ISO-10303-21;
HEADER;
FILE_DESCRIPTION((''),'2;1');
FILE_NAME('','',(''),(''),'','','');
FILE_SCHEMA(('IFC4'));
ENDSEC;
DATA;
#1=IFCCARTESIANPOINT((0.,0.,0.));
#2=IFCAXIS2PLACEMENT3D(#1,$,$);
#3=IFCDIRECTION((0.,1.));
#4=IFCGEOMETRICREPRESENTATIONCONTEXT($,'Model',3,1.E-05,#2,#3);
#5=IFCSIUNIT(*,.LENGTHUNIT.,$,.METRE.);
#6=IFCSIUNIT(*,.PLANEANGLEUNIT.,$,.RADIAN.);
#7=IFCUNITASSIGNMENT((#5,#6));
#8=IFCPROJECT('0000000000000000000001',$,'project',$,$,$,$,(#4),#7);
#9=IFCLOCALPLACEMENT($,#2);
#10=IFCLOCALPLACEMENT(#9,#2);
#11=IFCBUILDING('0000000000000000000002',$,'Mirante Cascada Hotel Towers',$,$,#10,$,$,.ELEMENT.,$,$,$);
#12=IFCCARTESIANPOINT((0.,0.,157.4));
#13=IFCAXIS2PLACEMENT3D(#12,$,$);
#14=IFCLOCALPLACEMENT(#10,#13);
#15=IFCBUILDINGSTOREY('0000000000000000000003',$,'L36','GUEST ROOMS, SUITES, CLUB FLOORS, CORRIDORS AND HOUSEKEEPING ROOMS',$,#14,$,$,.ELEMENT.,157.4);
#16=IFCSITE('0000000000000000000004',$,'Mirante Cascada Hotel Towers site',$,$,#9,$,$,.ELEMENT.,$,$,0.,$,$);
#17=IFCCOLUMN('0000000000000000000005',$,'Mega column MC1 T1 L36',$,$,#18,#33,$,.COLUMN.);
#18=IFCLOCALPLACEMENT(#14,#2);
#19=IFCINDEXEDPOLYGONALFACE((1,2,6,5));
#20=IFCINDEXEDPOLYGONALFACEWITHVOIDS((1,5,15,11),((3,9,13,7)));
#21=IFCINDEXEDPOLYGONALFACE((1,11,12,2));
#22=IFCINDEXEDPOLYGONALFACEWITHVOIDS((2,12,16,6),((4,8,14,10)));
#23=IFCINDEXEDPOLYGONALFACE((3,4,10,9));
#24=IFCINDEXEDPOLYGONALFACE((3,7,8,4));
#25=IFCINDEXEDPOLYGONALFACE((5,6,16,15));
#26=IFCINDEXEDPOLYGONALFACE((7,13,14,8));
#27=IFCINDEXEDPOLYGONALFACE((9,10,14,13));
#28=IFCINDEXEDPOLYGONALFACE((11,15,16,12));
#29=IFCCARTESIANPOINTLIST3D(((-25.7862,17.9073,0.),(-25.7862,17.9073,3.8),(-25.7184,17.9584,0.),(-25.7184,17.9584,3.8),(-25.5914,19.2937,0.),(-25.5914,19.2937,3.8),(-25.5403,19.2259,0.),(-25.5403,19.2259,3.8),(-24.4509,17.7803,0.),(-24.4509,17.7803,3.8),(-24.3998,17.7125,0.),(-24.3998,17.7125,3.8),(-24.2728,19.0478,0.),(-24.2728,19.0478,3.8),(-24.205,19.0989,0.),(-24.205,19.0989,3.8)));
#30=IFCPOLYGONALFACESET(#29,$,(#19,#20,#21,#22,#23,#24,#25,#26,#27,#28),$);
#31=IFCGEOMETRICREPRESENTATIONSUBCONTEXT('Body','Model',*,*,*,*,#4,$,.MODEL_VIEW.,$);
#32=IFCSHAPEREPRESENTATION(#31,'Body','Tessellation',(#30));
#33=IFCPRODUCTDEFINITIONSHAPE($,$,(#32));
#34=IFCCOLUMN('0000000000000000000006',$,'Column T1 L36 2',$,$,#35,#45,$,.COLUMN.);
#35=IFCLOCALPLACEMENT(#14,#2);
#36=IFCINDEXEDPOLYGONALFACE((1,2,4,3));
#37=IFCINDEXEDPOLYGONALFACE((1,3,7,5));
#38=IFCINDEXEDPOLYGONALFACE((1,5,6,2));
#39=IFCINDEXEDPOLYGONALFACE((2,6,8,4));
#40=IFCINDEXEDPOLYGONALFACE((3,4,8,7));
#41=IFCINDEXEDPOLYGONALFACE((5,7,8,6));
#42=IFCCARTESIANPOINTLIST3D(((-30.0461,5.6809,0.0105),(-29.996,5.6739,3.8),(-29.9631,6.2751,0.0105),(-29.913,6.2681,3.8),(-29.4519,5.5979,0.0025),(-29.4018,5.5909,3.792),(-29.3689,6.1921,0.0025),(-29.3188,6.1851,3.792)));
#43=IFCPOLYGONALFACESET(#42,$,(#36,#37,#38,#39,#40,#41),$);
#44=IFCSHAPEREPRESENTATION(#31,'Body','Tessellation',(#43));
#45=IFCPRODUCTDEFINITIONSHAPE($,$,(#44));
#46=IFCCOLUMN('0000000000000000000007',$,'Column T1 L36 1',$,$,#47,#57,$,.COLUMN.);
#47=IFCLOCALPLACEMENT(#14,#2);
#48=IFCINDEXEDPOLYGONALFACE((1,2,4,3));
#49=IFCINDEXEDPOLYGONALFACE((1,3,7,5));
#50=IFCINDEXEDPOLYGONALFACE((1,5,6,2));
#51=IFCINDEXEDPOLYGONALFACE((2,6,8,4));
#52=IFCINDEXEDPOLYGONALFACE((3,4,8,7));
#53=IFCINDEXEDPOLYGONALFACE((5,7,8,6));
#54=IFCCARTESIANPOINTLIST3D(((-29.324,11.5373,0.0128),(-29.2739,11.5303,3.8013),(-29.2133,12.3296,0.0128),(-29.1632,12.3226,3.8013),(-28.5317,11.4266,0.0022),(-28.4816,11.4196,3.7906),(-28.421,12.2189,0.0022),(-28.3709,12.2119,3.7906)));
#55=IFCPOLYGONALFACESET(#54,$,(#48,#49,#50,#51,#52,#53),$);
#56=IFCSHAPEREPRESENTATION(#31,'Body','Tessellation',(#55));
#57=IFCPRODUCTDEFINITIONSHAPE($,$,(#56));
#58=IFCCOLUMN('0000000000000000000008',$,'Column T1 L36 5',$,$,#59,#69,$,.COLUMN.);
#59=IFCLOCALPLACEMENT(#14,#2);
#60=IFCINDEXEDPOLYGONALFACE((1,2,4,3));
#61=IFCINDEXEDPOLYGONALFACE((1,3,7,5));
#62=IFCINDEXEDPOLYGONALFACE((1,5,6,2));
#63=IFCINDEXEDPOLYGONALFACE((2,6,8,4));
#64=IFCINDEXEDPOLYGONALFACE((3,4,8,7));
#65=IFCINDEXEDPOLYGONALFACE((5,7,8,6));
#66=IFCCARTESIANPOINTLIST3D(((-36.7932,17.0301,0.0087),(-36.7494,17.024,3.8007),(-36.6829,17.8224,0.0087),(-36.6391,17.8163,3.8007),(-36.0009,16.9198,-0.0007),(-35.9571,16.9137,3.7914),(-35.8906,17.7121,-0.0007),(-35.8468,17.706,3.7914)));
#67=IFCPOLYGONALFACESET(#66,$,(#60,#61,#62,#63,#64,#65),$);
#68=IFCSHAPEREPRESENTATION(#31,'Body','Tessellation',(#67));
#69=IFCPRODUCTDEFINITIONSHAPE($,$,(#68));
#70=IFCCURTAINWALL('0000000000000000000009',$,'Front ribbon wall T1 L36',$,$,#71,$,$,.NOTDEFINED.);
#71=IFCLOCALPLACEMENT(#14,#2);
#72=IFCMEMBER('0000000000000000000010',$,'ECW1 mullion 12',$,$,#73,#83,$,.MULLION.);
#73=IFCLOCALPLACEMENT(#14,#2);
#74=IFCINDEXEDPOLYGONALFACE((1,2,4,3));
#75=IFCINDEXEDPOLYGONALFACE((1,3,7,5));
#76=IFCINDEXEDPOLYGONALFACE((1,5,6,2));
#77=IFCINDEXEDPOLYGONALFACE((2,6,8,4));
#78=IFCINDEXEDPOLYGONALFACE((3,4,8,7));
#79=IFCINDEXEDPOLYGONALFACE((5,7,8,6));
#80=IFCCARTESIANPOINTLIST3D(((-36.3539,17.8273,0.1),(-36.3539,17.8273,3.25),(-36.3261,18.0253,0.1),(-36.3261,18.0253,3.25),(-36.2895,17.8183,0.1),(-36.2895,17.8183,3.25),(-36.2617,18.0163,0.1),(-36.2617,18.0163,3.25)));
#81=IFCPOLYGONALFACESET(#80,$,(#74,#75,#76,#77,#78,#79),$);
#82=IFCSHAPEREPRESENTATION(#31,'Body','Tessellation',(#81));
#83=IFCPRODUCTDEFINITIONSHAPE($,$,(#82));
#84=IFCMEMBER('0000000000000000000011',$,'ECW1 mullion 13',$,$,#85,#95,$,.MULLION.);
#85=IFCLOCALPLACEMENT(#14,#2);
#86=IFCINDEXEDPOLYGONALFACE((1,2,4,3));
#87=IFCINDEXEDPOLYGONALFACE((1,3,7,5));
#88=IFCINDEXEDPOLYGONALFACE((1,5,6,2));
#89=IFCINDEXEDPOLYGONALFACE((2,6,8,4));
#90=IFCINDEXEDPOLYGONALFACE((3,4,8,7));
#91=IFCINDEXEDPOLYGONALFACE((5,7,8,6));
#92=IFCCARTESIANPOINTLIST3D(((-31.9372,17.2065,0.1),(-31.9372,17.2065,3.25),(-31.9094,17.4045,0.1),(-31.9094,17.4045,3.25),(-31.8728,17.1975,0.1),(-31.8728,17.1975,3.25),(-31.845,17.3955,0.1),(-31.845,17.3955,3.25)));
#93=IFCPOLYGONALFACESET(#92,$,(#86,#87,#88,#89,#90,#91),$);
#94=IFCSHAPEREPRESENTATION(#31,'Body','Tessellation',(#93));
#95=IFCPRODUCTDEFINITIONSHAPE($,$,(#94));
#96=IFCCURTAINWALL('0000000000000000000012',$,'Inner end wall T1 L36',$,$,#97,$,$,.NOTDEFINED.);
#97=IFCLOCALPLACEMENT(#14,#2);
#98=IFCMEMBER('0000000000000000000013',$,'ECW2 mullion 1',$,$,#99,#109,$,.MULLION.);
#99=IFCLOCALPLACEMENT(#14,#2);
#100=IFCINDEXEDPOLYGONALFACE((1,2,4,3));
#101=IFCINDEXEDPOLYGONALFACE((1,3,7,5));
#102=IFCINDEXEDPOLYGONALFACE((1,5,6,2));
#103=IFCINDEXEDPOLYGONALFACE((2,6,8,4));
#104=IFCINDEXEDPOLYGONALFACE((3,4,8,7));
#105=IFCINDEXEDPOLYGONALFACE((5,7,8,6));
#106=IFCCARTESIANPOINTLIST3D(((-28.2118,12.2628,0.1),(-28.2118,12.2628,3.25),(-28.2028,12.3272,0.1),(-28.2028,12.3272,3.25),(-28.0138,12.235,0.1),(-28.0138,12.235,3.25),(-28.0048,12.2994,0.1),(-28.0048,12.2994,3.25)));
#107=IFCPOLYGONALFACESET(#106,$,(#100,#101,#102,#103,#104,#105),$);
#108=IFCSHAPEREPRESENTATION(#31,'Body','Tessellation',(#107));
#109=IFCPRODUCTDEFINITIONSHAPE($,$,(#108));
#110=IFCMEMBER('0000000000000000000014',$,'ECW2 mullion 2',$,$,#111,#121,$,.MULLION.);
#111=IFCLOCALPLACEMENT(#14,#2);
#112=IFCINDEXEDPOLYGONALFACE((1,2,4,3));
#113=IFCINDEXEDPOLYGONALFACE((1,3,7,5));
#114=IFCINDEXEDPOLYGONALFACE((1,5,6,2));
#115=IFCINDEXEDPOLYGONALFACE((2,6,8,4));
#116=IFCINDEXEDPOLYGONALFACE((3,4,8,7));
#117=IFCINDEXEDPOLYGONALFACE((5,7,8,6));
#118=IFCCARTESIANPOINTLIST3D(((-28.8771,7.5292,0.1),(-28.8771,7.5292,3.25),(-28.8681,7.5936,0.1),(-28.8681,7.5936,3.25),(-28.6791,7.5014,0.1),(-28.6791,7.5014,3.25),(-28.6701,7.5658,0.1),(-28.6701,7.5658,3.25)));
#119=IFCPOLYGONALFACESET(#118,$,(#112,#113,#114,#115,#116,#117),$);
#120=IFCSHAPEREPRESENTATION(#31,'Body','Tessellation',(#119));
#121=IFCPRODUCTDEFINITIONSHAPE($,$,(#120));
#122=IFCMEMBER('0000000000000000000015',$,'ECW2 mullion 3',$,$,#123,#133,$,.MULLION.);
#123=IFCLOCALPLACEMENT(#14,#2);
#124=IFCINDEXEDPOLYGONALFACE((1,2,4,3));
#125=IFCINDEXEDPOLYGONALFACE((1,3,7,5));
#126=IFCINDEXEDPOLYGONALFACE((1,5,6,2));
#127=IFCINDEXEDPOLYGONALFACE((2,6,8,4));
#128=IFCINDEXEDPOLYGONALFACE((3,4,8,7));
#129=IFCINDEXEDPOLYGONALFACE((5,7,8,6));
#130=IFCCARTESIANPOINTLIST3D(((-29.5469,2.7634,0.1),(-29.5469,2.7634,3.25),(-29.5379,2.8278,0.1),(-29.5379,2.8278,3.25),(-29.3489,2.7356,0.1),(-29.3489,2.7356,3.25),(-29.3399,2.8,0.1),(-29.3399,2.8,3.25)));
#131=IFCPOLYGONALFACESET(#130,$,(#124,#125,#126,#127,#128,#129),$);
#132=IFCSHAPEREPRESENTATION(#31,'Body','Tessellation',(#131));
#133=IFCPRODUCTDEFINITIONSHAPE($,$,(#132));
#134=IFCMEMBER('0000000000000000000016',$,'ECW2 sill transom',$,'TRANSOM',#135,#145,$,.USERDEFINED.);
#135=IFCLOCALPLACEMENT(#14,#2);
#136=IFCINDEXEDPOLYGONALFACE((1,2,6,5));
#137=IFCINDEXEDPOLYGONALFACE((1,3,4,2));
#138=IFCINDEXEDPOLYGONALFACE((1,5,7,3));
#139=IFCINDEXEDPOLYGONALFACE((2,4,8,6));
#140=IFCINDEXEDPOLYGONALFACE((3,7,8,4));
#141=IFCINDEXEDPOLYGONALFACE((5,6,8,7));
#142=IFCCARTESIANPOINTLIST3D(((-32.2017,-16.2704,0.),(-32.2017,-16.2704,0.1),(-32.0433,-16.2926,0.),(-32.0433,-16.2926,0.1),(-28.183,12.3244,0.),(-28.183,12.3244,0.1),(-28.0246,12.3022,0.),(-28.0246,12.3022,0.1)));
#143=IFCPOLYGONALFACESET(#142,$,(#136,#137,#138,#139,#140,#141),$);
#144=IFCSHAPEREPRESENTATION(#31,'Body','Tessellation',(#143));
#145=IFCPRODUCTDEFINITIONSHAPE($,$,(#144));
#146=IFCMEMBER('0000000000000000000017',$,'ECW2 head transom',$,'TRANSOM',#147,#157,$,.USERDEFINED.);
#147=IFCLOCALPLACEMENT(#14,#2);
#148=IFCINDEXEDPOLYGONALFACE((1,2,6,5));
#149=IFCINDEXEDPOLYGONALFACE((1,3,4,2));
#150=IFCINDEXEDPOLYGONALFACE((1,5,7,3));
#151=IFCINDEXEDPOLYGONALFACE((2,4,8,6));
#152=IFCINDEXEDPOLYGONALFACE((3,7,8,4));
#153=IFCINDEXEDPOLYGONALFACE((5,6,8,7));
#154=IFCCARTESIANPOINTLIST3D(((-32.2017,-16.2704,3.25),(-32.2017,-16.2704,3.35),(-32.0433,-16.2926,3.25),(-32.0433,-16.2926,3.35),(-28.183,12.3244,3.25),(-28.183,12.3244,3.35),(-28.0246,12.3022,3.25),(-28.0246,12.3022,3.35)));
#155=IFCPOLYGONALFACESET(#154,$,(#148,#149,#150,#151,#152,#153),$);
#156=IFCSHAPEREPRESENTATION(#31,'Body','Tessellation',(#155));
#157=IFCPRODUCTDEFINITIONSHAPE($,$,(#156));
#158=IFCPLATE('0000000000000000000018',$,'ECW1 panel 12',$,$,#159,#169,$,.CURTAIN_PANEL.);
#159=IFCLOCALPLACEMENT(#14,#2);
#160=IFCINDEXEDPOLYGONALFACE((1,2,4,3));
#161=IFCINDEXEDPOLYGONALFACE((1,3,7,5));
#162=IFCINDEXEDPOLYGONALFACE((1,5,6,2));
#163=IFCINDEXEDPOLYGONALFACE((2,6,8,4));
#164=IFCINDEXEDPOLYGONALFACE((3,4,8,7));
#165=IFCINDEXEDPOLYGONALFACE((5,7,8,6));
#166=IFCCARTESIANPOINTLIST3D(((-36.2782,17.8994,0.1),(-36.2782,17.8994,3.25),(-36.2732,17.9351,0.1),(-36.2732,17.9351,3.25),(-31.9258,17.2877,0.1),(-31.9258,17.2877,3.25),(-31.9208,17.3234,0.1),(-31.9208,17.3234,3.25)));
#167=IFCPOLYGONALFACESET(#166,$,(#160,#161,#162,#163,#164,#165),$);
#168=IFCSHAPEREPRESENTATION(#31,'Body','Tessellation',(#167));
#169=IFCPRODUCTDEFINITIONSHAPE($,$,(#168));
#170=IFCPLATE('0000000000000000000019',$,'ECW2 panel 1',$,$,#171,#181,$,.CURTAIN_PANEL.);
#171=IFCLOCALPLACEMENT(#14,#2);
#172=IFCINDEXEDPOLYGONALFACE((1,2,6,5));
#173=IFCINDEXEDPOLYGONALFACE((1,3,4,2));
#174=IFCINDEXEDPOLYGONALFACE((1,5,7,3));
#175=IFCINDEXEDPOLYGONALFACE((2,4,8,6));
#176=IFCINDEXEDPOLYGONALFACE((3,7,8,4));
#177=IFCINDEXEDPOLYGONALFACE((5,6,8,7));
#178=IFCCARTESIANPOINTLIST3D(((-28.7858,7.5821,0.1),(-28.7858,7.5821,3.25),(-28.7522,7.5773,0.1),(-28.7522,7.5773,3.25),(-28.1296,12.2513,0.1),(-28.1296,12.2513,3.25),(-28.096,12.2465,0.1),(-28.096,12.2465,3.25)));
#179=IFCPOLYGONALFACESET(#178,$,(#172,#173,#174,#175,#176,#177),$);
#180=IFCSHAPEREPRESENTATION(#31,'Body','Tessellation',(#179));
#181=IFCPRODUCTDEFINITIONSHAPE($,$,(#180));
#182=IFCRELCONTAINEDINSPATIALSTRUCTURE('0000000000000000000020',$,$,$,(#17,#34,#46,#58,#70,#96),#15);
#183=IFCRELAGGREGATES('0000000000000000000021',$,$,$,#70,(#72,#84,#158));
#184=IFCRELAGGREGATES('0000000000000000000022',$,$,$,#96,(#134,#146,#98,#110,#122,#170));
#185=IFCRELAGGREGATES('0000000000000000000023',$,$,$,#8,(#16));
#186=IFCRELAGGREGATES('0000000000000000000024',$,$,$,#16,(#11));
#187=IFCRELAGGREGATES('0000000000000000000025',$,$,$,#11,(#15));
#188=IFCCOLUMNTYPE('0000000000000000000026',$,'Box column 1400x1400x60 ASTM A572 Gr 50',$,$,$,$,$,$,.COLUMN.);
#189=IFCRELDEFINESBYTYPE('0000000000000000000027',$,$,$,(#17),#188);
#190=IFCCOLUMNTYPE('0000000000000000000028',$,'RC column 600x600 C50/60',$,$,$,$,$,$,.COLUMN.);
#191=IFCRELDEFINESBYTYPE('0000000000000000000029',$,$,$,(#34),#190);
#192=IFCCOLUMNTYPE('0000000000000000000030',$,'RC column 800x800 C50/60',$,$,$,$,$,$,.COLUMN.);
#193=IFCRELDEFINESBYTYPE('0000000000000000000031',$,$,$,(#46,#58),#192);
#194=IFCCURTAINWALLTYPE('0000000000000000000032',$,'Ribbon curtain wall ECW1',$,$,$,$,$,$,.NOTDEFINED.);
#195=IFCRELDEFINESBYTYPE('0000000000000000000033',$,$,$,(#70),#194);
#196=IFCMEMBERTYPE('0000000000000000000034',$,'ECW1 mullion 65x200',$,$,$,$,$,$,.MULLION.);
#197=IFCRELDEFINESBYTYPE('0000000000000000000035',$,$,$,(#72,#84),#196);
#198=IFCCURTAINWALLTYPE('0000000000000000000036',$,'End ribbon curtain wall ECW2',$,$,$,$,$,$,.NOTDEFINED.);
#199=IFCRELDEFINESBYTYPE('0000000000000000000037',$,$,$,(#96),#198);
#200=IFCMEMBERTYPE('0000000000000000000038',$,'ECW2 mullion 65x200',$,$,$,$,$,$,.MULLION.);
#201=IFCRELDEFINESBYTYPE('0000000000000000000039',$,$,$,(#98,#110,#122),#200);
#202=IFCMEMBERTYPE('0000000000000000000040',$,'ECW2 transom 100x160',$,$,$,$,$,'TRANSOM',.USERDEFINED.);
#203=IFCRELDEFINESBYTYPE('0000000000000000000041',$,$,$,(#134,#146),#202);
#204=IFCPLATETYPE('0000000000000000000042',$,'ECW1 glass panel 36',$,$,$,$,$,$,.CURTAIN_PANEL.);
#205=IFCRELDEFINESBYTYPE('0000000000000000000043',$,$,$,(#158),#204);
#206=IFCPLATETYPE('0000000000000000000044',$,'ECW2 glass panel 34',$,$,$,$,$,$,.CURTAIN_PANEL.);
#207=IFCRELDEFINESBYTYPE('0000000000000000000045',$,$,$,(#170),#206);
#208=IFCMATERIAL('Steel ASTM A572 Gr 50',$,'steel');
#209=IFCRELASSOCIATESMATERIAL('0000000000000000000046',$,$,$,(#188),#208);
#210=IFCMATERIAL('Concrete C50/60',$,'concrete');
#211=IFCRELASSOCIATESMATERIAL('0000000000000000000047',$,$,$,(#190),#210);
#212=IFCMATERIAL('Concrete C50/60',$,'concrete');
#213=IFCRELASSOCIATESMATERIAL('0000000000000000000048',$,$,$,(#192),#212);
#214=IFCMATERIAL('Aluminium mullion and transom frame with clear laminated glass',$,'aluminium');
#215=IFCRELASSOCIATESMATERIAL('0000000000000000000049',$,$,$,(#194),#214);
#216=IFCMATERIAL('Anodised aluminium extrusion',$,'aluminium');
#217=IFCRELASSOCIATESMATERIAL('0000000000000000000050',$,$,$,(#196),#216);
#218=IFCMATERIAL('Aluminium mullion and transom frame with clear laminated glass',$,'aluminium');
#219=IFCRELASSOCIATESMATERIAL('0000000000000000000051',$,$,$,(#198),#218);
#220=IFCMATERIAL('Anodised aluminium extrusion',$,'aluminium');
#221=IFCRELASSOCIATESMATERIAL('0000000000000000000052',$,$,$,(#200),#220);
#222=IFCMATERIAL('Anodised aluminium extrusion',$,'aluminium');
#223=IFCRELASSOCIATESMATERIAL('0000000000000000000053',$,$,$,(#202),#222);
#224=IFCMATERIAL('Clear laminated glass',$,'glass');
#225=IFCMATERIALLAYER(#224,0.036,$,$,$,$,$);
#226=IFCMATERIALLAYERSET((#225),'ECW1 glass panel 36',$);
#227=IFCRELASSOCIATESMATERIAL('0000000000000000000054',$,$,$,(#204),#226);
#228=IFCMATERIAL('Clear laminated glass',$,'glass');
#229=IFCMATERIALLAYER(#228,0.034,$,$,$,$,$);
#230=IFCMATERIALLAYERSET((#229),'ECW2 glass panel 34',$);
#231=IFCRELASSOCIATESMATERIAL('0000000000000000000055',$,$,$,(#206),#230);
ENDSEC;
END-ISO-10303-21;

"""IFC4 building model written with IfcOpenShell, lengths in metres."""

from ifc_helpers import new_model, si_unit, direction, frame, origin, origin_2d, place, context, subcontext, project, spatial, rectangle, hollow_rectangle, extrude, material, layer, layer_set, material_profile, profile_set, type_object, element, aggregate, save


model = new_model("IFC4")

# Units and contexts
model_context = context("Model", 3, precision=1e-05, world=origin(), true_north=direction((0.0, 1.0)))
body_context = subcontext(model_context, "Body", "Model", "MODEL_VIEW")
ifc_project = project(units=[si_unit("LENGTHUNIT", "METRE"), si_unit("PLANEANGLEUNIT", "RADIAN")], contexts=[model_context])

# Site, building, storey
site_placement = place(None, origin())
site = spatial("IfcSite", under=ifc_project, at=site_placement, Name="Mirante Cascada Hotel Towers site", CompositionType="ELEMENT", RefElevation=0.0)
building_placement = place(site_placement, origin())
building = spatial("IfcBuilding", under=site, at=building_placement, Name="Mirante Cascada Hotel Towers", CompositionType="ELEMENT")
storey_placement = place(building_placement, frame((0.0, 0.0, 157.4)))
storey = spatial("IfcBuildingStorey", under=building, at=storey_placement, Name="L36", Description="GUEST ROOMS, SUITES, CLUB FLOORS, CORRIDORS AND HOUSEKEEPING ROOMS", CompositionType="ELEMENT", Elevation=157.4)

# Columns
ifc_material_1 = material(Name="Steel ASTM A572 Gr 50", Category="steel")
ifc_material_profile_1 = material_profile(ifc_material_1, hollow_rectangle(XDim=1.4, YDim=1.4, WallThickness=0.06, at=origin_2d()), Name="Box column 1400x1400x60 ASTM A572 Gr 50")
ifc_profile_set_1 = profile_set([ifc_material_profile_1], Name="Steel ASTM A572 Gr 50")
column_type_1 = type_object("IfcColumnType", Name="Box column 1400x1400x60 ASTM A572 Gr 50", PredefinedType="COLUMN", material=ifc_profile_set_1)
column_1_placement = place(storey_placement, frame((-24.9956, 18.5031, 0.0), z_axis=(0.0, 0.0, 1.0), x_axis=(-0.990268, 0.139173, 0.0)))
element("IfcColumn", 1, at=column_1_placement, inside=storey, type_object=column_type_1, Name="Mega column MC1 T1 L36", PredefinedType="COLUMN", context=body_context, shape_type="SweptSolid", body=[
    extrude(hollow_rectangle(XDim=1.4, YDim=1.4, WallThickness=0.06, at=origin_2d()), origin(), (0.0, 0.0, 1.0), 3.8),
])
ifc_material_2 = material(Name="Concrete C50/60", Category="concrete")
ifc_material_profile_2 = material_profile(ifc_material_2, rectangle(XDim=0.6, YDim=0.6, at=origin_2d()), Name="RC column 600x600 C50/60")
ifc_profile_set_2 = profile_set([ifc_material_profile_2], Name="Concrete C50/60")
column_type_2 = type_object("IfcColumnType", Name="RC column 600x600 C50/60", PredefinedType="COLUMN", material=ifc_profile_set_2)
column_2_placement = place(storey_placement, frame((-29.7075, 5.9365, 0.0065), z_axis=(0.01322, -0.001847, 0.999911), x_axis=(0.138376, 0.99038, 0.0)))
element("IfcColumn", 2, at=column_2_placement, inside=storey, type_object=column_type_2, Name="Column T1 L36 2", PredefinedType="COLUMN", context=body_context, shape_type="SweptSolid", body=[
    extrude(rectangle(XDim=0.6, YDim=0.6, at=origin_2d()), origin(), (0.0, 0.0, 1.0), 3.7898),
])
ifc_material_3 = material(Name="Concrete C50/60", Category="concrete")
ifc_material_profile_3 = material_profile(ifc_material_3, rectangle(XDim=0.8, YDim=0.8, at=origin_2d()), Name="RC column 800x800 C50/60")
ifc_profile_set_3 = profile_set([ifc_material_profile_3], Name="Concrete C50/60")
column_type_3 = type_object("IfcColumnType", Name="RC column 800x800 C50/60", PredefinedType="COLUMN", material=ifc_profile_set_3)
column_3_placement = place(storey_placement, frame((-28.8725, 11.8781, 0.0075), z_axis=(0.013223, -0.001847, 0.999911), x_axis=(0.138376, 0.99038, 0.0)))
element("IfcColumn", 3, at=column_3_placement, inside=storey, type_object=column_type_3, Name="Column T1 L36 1", PredefinedType="COLUMN", context=body_context, shape_type="SweptSolid", body=[
    extrude(rectangle(XDim=0.8, YDim=0.8, at=origin_2d()), origin(), (0.0, 0.0, 1.0), 3.7888),
])
column_4_placement = place(storey_placement, frame((-36.3419, 17.3711, 0.004), z_axis=(0.01155, -0.001608, 0.999932), x_axis=(0.137938, 0.990441, 0.0)))
element("IfcColumn", 4, at=column_4_placement, inside=storey, type_object=column_type_3, Name="Column T1 L36 5", PredefinedType="COLUMN", context=body_context, shape_type="SweptSolid", body=[
    extrude(rectangle(XDim=0.8, YDim=0.8, at=origin_2d()), origin(), (0.0, 0.0, 1.0), 3.7923),
])

# Curtain walls, members
ifc_material_4 = material(Name="Aluminium mullion and transom frame with clear laminated glass", Category="aluminium")
curtain_wall_type_1 = type_object("IfcCurtainWallType", Name="Ribbon curtain wall ECW1", PredefinedType="NOTDEFINED", material=ifc_material_4)
curtain_wall_1_placement = place(storey_placement, origin())
curtain_wall_1 = element("IfcCurtainWall", 5, at=curtain_wall_1_placement, inside=storey, type_object=curtain_wall_type_1, Name="Front ribbon wall T1 L36", PredefinedType="NOTDEFINED")
ifc_material_5 = material(Name="Anodised aluminium extrusion", Category="aluminium")
ifc_material_profile_4 = material_profile(ifc_material_5, rectangle(XDim=0.2, YDim=0.065, at=origin_2d()), Name="ECW1 MULLION 65x200")
ifc_profile_set_4 = profile_set([ifc_material_profile_4], Name="Anodised aluminium extrusion")
member_type_1 = type_object("IfcMemberType", Name="ECW1 mullion 65x200", PredefinedType="MULLION", material=ifc_profile_set_4)
member_1_placement = place(storey_placement, frame((-36.3078, 17.9218, 0.1), z_axis=(0.0, 0.0, 1.0), x_axis=(0.139173, 0.990268, 0.0)))
member_1 = element("IfcMember", 6, at=member_1_placement, type_object=member_type_1, Name="ECW1 mullion 12", PredefinedType="MULLION", context=body_context, shape_type="SweptSolid", body=[
    extrude(rectangle(XDim=0.2, YDim=0.065, at=origin_2d()), origin(), (0.0, 0.0, 1.0), 3.15),
])
member_2_placement = place(storey_placement, frame((-31.8911, 17.301, 0.1), z_axis=(0.0, 0.0, 1.0), x_axis=(0.139173, 0.990268, 0.0)))
member_2 = element("IfcMember", 7, at=member_2_placement, type_object=member_type_1, Name="ECW1 mullion 13", PredefinedType="MULLION", context=body_context, shape_type="SweptSolid", body=[
    extrude(rectangle(XDim=0.2, YDim=0.065, at=origin_2d()), origin(), (0.0, 0.0, 1.0), 3.15),
])
ifc_material_6 = material(Name="Aluminium mullion and transom frame with clear laminated glass", Category="aluminium")
curtain_wall_type_2 = type_object("IfcCurtainWallType", Name="End ribbon curtain wall ECW2", PredefinedType="NOTDEFINED", material=ifc_material_6)
curtain_wall_2_placement = place(storey_placement, origin())
curtain_wall_2 = element("IfcCurtainWall", 8, at=curtain_wall_2_placement, inside=storey, type_object=curtain_wall_type_2, Name="Inner end wall T1 L36", PredefinedType="NOTDEFINED")
ifc_material_7 = material(Name="Anodised aluminium extrusion", Category="aluminium")
ifc_material_profile_5 = material_profile(ifc_material_7, rectangle(XDim=0.2, YDim=0.065, at=origin_2d()), Name="ECW2 MULLION 65x200")
ifc_profile_set_5 = profile_set([ifc_material_profile_5], Name="Anodised aluminium extrusion")
member_type_2 = type_object("IfcMemberType", Name="ECW2 mullion 65x200", PredefinedType="MULLION", material=ifc_profile_set_5)
member_3_placement = place(storey_placement, frame((-28.1083, 12.2811, 0.1), z_axis=(0.0, 0.0, 1.0), x_axis=(0.990268, -0.139173, 0.0)))
member_3 = element("IfcMember", 9, at=member_3_placement, type_object=member_type_2, Name="ECW2 mullion 1", PredefinedType="MULLION", context=body_context, shape_type="SweptSolid", body=[
    extrude(rectangle(XDim=0.2, YDim=0.065, at=origin_2d()), origin(), (0.0, 0.0, 1.0), 3.15),
])
member_4_placement = place(storey_placement, frame((-28.7736, 7.5475, 0.1), z_axis=(0.0, 0.0, 1.0), x_axis=(0.990268, -0.139173, 0.0)))
member_4 = element("IfcMember", 10, at=member_4_placement, type_object=member_type_2, Name="ECW2 mullion 2", PredefinedType="MULLION", context=body_context, shape_type="SweptSolid", body=[
    extrude(rectangle(XDim=0.2, YDim=0.065, at=origin_2d()), origin(), (0.0, 0.0, 1.0), 3.15),
])
member_5_placement = place(storey_placement, frame((-29.4434, 2.7817, 0.1), z_axis=(0.0, 0.0, 1.0), x_axis=(0.990268, -0.139173, 0.0)))
member_5 = element("IfcMember", 11, at=member_5_placement, type_object=member_type_2, Name="ECW2 mullion 3", PredefinedType="MULLION", context=body_context, shape_type="SweptSolid", body=[
    extrude(rectangle(XDim=0.2, YDim=0.065, at=origin_2d()), origin(), (0.0, 0.0, 1.0), 3.15),
])
ifc_material_8 = material(Name="Anodised aluminium extrusion", Category="aluminium")
ifc_material_profile_6 = material_profile(ifc_material_8, rectangle(XDim=0.16, YDim=0.1, at=origin_2d()), Name="ECW2 TRANSOM 100x160")
ifc_profile_set_6 = profile_set([ifc_material_profile_6], Name="Anodised aluminium extrusion")
member_type_3 = type_object("IfcMemberType", Name="ECW2 transom 100x160", ElementType="TRANSOM", PredefinedType="USERDEFINED", material=ifc_profile_set_6)
member_6_placement = place(storey_placement, frame((-28.1038, 12.3133, 0.05), z_axis=(-0.139172, -0.990268, 0.0), x_axis=(0.990268, -0.139172, 0.0)))
member_6 = element("IfcMember", 12, at=member_6_placement, type_object=member_type_3, Name="ECW2 sill transom", ObjectType="TRANSOM", PredefinedType="USERDEFINED", context=body_context, shape_type="SweptSolid", body=[
    extrude(rectangle(XDim=0.16, YDim=0.1, at=origin_2d()), origin(), (0.0, 0.0, 1.0), 28.8758),
])
member_7_placement = place(storey_placement, frame((-28.1038, 12.3133, 3.3), z_axis=(-0.139172, -0.990268, 0.0), x_axis=(0.990268, -0.139172, 0.0)))
member_7 = element("IfcMember", 13, at=member_7_placement, type_object=member_type_3, Name="ECW2 head transom", ObjectType="TRANSOM", PredefinedType="USERDEFINED", context=body_context, shape_type="SweptSolid", body=[
    extrude(rectangle(XDim=0.16, YDim=0.1, at=origin_2d()), origin(), (0.0, 0.0, 1.0), 28.8758),
])

# Plates
ifc_material_9 = material(Name="Clear laminated glass", Category="glass")
ifc_layer_1 = layer(ifc_material_9, 0.036)
ifc_layer_set_1 = layer_set([ifc_layer_1], Name="ECW1 glass panel 36")
plate_type_1 = type_object("IfcPlateType", Name="ECW1 glass panel 36", PredefinedType="CURTAIN_PANEL", material=ifc_layer_set_1)
plate_1_placement = place(storey_placement, frame((-34.0995, 17.6114, 0.1), z_axis=(0.0, 0.0, 1.0), x_axis=(0.990268, -0.139173, 0.0)))
plate_1 = element("IfcPlate", 14, at=plate_1_placement, type_object=plate_type_1, Name="ECW1 panel 12", PredefinedType="CURTAIN_PANEL", context=body_context, shape_type="SweptSolid", body=[
    extrude(rectangle(XDim=4.3951, YDim=0.036, at=origin_2d()), origin(), (0.0, 0.0, 1.0), 3.15),
])
aggregate(curtain_wall_1, [member_1, member_2, plate_1])
ifc_material_10 = material(Name="Clear laminated glass", Category="glass")
ifc_layer_2 = layer(ifc_material_10, 0.034)
ifc_layer_set_2 = layer_set([ifc_layer_2], Name="ECW2 glass panel 34")
plate_type_2 = type_object("IfcPlateType", Name="ECW2 glass panel 34", PredefinedType="CURTAIN_PANEL", material=ifc_layer_set_2)
plate_2_placement = place(storey_placement, frame((-28.4409, 9.9143, 0.1), z_axis=(0.0, 0.0, 1.0), x_axis=(-0.139173, -0.990268, 0.0)))
plate_2 = element("IfcPlate", 15, at=plate_2_placement, type_object=plate_type_2, Name="ECW2 panel 1", PredefinedType="CURTAIN_PANEL", context=body_context, shape_type="SweptSolid", body=[
    extrude(rectangle(XDim=4.7151, YDim=0.034, at=origin_2d()), origin(), (0.0, 0.0, 1.0), 3.15),
])
aggregate(curtain_wall_2, [member_6, member_7, member_3, member_4, member_5, plate_2])

save(model, "model.ifc")
